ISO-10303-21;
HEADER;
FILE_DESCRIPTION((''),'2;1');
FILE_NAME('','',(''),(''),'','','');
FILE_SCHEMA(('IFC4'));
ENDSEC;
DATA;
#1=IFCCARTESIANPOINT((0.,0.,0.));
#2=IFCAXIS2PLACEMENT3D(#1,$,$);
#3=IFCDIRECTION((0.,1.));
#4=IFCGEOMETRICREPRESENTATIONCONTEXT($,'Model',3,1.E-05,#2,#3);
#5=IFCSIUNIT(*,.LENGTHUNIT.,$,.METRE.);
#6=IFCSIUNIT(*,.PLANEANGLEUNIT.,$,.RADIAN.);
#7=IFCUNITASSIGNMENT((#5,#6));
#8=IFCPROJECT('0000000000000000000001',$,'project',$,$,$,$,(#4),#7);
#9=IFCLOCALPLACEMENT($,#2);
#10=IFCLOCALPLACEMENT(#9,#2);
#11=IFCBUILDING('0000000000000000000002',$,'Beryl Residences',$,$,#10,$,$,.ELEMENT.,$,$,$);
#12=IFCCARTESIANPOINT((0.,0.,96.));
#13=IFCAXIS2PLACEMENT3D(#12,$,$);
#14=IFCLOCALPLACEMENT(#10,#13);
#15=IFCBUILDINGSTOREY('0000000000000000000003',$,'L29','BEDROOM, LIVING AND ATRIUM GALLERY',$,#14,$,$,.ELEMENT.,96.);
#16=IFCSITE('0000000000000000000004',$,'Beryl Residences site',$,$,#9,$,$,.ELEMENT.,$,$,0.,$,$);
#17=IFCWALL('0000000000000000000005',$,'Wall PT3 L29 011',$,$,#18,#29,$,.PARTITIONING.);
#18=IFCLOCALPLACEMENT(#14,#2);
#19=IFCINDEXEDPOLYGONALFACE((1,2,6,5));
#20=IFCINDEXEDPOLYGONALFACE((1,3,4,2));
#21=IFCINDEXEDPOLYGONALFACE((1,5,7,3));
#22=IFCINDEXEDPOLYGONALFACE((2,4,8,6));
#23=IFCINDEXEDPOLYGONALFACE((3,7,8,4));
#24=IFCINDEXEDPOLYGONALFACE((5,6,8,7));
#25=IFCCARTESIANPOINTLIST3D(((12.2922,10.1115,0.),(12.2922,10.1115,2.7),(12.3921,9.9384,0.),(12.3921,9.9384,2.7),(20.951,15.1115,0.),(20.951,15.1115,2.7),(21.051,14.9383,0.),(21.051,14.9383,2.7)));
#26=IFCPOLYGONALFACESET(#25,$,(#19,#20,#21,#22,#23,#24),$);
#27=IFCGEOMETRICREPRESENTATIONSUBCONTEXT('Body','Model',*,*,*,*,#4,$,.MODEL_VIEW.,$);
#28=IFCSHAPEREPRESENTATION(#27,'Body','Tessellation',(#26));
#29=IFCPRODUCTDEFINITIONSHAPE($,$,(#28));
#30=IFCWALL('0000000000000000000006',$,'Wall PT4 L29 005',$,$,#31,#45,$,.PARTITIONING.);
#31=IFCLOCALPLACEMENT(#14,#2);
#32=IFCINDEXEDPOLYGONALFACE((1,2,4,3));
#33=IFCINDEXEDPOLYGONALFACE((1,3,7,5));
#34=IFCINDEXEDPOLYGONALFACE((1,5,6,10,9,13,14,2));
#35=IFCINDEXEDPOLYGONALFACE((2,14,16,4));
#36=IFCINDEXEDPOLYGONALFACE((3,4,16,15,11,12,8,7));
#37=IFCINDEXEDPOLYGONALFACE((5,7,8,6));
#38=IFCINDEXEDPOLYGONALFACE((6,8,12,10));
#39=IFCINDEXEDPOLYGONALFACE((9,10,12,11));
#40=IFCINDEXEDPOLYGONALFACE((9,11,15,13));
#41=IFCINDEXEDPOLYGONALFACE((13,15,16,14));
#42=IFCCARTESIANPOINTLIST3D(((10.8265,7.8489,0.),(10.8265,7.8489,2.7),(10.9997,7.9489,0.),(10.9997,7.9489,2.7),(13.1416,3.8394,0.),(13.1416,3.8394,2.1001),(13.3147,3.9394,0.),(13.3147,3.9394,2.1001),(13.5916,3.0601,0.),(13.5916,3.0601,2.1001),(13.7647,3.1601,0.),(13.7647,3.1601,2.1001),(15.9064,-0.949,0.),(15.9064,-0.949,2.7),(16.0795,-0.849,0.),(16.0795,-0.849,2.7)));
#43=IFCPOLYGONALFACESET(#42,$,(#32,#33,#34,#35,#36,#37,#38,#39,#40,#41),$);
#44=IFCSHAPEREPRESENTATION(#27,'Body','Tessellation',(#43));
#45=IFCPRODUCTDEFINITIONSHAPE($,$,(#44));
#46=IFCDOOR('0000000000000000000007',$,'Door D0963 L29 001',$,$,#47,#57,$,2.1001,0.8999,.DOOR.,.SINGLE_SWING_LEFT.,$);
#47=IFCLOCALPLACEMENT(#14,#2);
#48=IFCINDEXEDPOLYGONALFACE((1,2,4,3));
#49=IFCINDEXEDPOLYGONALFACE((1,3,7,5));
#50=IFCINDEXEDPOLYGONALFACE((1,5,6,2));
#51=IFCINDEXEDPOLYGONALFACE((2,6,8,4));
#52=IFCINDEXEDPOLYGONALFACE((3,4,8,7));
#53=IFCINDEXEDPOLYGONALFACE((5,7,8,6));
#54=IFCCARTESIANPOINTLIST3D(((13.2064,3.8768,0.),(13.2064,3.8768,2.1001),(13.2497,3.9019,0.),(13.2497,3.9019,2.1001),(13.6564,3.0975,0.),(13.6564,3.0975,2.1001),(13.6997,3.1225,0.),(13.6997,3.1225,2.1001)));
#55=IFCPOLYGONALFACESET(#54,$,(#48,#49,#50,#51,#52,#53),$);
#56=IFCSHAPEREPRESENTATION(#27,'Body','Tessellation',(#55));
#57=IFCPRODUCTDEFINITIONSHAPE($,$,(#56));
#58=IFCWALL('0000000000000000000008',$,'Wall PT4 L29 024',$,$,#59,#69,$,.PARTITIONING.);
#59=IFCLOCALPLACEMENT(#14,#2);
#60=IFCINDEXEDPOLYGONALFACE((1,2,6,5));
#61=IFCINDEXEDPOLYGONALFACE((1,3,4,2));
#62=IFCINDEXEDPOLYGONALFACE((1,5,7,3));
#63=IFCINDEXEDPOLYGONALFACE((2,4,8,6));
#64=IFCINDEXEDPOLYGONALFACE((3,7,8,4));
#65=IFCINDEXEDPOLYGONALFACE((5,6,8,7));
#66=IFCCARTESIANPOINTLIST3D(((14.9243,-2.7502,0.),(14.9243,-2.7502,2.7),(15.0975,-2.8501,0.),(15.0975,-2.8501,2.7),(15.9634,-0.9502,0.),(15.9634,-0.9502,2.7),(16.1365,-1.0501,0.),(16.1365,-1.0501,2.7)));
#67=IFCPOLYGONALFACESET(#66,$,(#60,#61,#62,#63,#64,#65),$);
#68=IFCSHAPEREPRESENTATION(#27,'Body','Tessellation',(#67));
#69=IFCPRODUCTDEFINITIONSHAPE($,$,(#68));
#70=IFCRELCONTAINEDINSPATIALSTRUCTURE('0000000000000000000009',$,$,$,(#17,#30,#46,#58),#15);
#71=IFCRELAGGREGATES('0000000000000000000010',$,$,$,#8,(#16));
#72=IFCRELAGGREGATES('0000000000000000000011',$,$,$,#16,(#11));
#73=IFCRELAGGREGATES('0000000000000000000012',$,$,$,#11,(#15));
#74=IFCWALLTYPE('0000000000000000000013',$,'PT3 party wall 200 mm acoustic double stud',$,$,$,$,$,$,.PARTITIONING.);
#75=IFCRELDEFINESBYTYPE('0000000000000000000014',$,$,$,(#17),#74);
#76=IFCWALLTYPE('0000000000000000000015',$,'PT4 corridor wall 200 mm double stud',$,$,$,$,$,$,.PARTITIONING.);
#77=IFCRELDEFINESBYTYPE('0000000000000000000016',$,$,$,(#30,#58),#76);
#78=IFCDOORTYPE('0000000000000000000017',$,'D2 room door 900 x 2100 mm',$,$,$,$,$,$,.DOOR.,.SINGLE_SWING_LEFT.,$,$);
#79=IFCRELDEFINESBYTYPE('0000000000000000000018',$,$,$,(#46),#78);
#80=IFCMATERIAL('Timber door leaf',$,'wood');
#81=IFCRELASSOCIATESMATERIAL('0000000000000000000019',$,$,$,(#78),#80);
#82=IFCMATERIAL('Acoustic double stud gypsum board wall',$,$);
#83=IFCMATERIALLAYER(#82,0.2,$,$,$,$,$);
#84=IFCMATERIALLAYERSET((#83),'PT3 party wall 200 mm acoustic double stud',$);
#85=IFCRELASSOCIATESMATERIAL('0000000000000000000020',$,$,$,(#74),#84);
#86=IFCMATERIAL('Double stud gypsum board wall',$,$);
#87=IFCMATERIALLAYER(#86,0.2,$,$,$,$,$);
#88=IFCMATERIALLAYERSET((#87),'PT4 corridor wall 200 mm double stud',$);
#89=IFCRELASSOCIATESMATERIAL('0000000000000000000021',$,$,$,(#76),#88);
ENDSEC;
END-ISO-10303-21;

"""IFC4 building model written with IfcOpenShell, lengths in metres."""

from ifc_helpers import new_model, si_unit, direction, frame, frame_2d, origin, place, context, subcontext, project, spatial, rectangle, extrude, material, layer, layer_set, type_object, element, fill, save


model = new_model("IFC4")

# Units and contexts
model_context = context("Model", 3, precision=1e-05, world=origin(), true_north=direction((0.0, 1.0)))
body_context = subcontext(model_context, "Body", "Model", "MODEL_VIEW")
ifc_project = project(units=[si_unit("LENGTHUNIT", "METRE"), si_unit("PLANEANGLEUNIT", "RADIAN")], contexts=[model_context])

# Site, building, storey
site_placement = place(None, origin())
site = spatial("IfcSite", under=ifc_project, at=site_placement, Name="Beryl Residences site", CompositionType="ELEMENT", RefElevation=0.0)
building_placement = place(site_placement, origin())
building = spatial("IfcBuilding", under=site, at=building_placement, Name="Beryl Residences", CompositionType="ELEMENT")
storey_placement = place(building_placement, frame((0.0, 0.0, 96.0)))
storey = spatial("IfcBuildingStorey", under=building, at=storey_placement, Name="L29", Description="BEDROOM, LIVING AND ATRIUM GALLERY", CompositionType="ELEMENT", Elevation=96.0)

# Shared definitions
ifc_material_1 = material(Name="Timber door leaf", Category="wood")
door_type_1 = type_object("IfcDoorType", Name="D2 room door 900 x 2100 mm", OperationType="SINGLE_SWING_LEFT", PredefinedType="DOOR", material=ifc_material_1)

# Wall
ifc_material_2 = material(Name="Acoustic double stud gypsum board wall")
ifc_layer_1 = layer(ifc_material_2, 0.2)
ifc_layer_set_1 = layer_set([ifc_layer_1], Name="PT3 party wall 200 mm acoustic double stud")
wall_type_1 = type_object("IfcWallType", Name="PT3 party wall 200 mm acoustic double stud", PredefinedType="PARTITIONING", material=ifc_layer_set_1)
wall_1_placement = place(storey_placement, frame((12.342, 10.0249, 0.0), z_axis=(0.0, 0.0, 1.0), x_axis=(0.865992, 0.500057, 0.0)))
element("IfcWall", 1, at=wall_1_placement, inside=storey, type_object=wall_type_1, Name="Wall PT3 L29 011", PredefinedType="PARTITIONING", context=body_context, shape_type="SweptSolid", body=[
    extrude(rectangle(XDim=9.9988, YDim=0.2, at=frame_2d((4.9995, 0.0))), origin(), (0.0, 0.0, 1.0), 2.7),
])

# Wall, opening, door
ifc_material_3 = material(Name="Double stud gypsum board wall")
ifc_layer_2 = layer(ifc_material_3, 0.2)
ifc_layer_set_2 = layer_set([ifc_layer_2], Name="PT4 corridor wall 200 mm double stud")
wall_type_2 = type_object("IfcWallType", Name="PT4 corridor wall 200 mm double stud", PredefinedType="PARTITIONING", material=ifc_layer_set_2)
wall_2_placement = place(storey_placement, frame((10.9131, 7.8989, 0.0), z_axis=(0.0, 0.0, 1.0), x_axis=(0.500029, -0.866009, 0.0)))
wall_2 = element("IfcWall", 2, at=wall_2_placement, inside=storey, type_object=wall_type_2, Name="Wall PT4 L29 005", PredefinedType="PARTITIONING", context=body_context, shape_type="SweptSolid", body=[
    extrude(rectangle(XDim=10.1592, YDim=0.2, at=frame_2d((5.0796, 0.0))), origin(), (0.0, 0.0, 1.0), 2.7),
])
opening_1_placement = place(wall_2_placement, frame((4.6299, 0.0, 0.0)))
opening_1 = element("IfcOpeningElement", 3, at=opening_1_placement, cuts=wall_2, PredefinedType="OPENING", context=body_context, shape_type="SweptSolid", body=[
    extrude(rectangle(XDim=0.8999, YDim=2.1001, at=frame_2d((0.45, 1.05))), frame((0.0, 0.1099, 0.0), z_axis=(0.0, -1.0, 0.0), x_axis=(1.0, 0.0, 0.0)), (0.0, 0.0, 1.0), 0.22),
])
door_1_placement = place(opening_1_placement, origin())
door_1 = element("IfcDoor", 4, at=door_1_placement, inside=storey, type_object=door_type_1, Name="Door D0963 L29 001", OperationType="SINGLE_SWING_LEFT", OverallHeight=2.1001, OverallWidth=0.8999, PredefinedType="DOOR", context=body_context, shape_type="SweptSolid", body=[
    extrude(rectangle(XDim=0.8999, YDim=2.1001, at=frame_2d((0.45, 1.05))), frame((0.0, 0.0249, 0.0), z_axis=(0.0, -1.0, 0.0), x_axis=(1.0, 0.0, 0.0)), (0.0, 0.0, 1.0), 0.05),
])
fill(opening_1, door_1)

# Wall
wall_3_placement = place(storey_placement, frame((15.011, -2.8, 0.0), z_axis=(0.0, 0.0, 1.0), x_axis=(0.499929, 0.866066, 0.0)))
element("IfcWall", 5, at=wall_3_placement, inside=storey, type_object=wall_type_2, Name="Wall PT4 L29 024", PredefinedType="PARTITIONING", context=body_context, shape_type="SweptSolid", body=[
    extrude(rectangle(XDim=2.0784, YDim=0.2, at=frame_2d((1.0391, 0.0))), origin(), (0.0, 0.0, 1.0), 2.7),
])

save(model, "model.ifc")
